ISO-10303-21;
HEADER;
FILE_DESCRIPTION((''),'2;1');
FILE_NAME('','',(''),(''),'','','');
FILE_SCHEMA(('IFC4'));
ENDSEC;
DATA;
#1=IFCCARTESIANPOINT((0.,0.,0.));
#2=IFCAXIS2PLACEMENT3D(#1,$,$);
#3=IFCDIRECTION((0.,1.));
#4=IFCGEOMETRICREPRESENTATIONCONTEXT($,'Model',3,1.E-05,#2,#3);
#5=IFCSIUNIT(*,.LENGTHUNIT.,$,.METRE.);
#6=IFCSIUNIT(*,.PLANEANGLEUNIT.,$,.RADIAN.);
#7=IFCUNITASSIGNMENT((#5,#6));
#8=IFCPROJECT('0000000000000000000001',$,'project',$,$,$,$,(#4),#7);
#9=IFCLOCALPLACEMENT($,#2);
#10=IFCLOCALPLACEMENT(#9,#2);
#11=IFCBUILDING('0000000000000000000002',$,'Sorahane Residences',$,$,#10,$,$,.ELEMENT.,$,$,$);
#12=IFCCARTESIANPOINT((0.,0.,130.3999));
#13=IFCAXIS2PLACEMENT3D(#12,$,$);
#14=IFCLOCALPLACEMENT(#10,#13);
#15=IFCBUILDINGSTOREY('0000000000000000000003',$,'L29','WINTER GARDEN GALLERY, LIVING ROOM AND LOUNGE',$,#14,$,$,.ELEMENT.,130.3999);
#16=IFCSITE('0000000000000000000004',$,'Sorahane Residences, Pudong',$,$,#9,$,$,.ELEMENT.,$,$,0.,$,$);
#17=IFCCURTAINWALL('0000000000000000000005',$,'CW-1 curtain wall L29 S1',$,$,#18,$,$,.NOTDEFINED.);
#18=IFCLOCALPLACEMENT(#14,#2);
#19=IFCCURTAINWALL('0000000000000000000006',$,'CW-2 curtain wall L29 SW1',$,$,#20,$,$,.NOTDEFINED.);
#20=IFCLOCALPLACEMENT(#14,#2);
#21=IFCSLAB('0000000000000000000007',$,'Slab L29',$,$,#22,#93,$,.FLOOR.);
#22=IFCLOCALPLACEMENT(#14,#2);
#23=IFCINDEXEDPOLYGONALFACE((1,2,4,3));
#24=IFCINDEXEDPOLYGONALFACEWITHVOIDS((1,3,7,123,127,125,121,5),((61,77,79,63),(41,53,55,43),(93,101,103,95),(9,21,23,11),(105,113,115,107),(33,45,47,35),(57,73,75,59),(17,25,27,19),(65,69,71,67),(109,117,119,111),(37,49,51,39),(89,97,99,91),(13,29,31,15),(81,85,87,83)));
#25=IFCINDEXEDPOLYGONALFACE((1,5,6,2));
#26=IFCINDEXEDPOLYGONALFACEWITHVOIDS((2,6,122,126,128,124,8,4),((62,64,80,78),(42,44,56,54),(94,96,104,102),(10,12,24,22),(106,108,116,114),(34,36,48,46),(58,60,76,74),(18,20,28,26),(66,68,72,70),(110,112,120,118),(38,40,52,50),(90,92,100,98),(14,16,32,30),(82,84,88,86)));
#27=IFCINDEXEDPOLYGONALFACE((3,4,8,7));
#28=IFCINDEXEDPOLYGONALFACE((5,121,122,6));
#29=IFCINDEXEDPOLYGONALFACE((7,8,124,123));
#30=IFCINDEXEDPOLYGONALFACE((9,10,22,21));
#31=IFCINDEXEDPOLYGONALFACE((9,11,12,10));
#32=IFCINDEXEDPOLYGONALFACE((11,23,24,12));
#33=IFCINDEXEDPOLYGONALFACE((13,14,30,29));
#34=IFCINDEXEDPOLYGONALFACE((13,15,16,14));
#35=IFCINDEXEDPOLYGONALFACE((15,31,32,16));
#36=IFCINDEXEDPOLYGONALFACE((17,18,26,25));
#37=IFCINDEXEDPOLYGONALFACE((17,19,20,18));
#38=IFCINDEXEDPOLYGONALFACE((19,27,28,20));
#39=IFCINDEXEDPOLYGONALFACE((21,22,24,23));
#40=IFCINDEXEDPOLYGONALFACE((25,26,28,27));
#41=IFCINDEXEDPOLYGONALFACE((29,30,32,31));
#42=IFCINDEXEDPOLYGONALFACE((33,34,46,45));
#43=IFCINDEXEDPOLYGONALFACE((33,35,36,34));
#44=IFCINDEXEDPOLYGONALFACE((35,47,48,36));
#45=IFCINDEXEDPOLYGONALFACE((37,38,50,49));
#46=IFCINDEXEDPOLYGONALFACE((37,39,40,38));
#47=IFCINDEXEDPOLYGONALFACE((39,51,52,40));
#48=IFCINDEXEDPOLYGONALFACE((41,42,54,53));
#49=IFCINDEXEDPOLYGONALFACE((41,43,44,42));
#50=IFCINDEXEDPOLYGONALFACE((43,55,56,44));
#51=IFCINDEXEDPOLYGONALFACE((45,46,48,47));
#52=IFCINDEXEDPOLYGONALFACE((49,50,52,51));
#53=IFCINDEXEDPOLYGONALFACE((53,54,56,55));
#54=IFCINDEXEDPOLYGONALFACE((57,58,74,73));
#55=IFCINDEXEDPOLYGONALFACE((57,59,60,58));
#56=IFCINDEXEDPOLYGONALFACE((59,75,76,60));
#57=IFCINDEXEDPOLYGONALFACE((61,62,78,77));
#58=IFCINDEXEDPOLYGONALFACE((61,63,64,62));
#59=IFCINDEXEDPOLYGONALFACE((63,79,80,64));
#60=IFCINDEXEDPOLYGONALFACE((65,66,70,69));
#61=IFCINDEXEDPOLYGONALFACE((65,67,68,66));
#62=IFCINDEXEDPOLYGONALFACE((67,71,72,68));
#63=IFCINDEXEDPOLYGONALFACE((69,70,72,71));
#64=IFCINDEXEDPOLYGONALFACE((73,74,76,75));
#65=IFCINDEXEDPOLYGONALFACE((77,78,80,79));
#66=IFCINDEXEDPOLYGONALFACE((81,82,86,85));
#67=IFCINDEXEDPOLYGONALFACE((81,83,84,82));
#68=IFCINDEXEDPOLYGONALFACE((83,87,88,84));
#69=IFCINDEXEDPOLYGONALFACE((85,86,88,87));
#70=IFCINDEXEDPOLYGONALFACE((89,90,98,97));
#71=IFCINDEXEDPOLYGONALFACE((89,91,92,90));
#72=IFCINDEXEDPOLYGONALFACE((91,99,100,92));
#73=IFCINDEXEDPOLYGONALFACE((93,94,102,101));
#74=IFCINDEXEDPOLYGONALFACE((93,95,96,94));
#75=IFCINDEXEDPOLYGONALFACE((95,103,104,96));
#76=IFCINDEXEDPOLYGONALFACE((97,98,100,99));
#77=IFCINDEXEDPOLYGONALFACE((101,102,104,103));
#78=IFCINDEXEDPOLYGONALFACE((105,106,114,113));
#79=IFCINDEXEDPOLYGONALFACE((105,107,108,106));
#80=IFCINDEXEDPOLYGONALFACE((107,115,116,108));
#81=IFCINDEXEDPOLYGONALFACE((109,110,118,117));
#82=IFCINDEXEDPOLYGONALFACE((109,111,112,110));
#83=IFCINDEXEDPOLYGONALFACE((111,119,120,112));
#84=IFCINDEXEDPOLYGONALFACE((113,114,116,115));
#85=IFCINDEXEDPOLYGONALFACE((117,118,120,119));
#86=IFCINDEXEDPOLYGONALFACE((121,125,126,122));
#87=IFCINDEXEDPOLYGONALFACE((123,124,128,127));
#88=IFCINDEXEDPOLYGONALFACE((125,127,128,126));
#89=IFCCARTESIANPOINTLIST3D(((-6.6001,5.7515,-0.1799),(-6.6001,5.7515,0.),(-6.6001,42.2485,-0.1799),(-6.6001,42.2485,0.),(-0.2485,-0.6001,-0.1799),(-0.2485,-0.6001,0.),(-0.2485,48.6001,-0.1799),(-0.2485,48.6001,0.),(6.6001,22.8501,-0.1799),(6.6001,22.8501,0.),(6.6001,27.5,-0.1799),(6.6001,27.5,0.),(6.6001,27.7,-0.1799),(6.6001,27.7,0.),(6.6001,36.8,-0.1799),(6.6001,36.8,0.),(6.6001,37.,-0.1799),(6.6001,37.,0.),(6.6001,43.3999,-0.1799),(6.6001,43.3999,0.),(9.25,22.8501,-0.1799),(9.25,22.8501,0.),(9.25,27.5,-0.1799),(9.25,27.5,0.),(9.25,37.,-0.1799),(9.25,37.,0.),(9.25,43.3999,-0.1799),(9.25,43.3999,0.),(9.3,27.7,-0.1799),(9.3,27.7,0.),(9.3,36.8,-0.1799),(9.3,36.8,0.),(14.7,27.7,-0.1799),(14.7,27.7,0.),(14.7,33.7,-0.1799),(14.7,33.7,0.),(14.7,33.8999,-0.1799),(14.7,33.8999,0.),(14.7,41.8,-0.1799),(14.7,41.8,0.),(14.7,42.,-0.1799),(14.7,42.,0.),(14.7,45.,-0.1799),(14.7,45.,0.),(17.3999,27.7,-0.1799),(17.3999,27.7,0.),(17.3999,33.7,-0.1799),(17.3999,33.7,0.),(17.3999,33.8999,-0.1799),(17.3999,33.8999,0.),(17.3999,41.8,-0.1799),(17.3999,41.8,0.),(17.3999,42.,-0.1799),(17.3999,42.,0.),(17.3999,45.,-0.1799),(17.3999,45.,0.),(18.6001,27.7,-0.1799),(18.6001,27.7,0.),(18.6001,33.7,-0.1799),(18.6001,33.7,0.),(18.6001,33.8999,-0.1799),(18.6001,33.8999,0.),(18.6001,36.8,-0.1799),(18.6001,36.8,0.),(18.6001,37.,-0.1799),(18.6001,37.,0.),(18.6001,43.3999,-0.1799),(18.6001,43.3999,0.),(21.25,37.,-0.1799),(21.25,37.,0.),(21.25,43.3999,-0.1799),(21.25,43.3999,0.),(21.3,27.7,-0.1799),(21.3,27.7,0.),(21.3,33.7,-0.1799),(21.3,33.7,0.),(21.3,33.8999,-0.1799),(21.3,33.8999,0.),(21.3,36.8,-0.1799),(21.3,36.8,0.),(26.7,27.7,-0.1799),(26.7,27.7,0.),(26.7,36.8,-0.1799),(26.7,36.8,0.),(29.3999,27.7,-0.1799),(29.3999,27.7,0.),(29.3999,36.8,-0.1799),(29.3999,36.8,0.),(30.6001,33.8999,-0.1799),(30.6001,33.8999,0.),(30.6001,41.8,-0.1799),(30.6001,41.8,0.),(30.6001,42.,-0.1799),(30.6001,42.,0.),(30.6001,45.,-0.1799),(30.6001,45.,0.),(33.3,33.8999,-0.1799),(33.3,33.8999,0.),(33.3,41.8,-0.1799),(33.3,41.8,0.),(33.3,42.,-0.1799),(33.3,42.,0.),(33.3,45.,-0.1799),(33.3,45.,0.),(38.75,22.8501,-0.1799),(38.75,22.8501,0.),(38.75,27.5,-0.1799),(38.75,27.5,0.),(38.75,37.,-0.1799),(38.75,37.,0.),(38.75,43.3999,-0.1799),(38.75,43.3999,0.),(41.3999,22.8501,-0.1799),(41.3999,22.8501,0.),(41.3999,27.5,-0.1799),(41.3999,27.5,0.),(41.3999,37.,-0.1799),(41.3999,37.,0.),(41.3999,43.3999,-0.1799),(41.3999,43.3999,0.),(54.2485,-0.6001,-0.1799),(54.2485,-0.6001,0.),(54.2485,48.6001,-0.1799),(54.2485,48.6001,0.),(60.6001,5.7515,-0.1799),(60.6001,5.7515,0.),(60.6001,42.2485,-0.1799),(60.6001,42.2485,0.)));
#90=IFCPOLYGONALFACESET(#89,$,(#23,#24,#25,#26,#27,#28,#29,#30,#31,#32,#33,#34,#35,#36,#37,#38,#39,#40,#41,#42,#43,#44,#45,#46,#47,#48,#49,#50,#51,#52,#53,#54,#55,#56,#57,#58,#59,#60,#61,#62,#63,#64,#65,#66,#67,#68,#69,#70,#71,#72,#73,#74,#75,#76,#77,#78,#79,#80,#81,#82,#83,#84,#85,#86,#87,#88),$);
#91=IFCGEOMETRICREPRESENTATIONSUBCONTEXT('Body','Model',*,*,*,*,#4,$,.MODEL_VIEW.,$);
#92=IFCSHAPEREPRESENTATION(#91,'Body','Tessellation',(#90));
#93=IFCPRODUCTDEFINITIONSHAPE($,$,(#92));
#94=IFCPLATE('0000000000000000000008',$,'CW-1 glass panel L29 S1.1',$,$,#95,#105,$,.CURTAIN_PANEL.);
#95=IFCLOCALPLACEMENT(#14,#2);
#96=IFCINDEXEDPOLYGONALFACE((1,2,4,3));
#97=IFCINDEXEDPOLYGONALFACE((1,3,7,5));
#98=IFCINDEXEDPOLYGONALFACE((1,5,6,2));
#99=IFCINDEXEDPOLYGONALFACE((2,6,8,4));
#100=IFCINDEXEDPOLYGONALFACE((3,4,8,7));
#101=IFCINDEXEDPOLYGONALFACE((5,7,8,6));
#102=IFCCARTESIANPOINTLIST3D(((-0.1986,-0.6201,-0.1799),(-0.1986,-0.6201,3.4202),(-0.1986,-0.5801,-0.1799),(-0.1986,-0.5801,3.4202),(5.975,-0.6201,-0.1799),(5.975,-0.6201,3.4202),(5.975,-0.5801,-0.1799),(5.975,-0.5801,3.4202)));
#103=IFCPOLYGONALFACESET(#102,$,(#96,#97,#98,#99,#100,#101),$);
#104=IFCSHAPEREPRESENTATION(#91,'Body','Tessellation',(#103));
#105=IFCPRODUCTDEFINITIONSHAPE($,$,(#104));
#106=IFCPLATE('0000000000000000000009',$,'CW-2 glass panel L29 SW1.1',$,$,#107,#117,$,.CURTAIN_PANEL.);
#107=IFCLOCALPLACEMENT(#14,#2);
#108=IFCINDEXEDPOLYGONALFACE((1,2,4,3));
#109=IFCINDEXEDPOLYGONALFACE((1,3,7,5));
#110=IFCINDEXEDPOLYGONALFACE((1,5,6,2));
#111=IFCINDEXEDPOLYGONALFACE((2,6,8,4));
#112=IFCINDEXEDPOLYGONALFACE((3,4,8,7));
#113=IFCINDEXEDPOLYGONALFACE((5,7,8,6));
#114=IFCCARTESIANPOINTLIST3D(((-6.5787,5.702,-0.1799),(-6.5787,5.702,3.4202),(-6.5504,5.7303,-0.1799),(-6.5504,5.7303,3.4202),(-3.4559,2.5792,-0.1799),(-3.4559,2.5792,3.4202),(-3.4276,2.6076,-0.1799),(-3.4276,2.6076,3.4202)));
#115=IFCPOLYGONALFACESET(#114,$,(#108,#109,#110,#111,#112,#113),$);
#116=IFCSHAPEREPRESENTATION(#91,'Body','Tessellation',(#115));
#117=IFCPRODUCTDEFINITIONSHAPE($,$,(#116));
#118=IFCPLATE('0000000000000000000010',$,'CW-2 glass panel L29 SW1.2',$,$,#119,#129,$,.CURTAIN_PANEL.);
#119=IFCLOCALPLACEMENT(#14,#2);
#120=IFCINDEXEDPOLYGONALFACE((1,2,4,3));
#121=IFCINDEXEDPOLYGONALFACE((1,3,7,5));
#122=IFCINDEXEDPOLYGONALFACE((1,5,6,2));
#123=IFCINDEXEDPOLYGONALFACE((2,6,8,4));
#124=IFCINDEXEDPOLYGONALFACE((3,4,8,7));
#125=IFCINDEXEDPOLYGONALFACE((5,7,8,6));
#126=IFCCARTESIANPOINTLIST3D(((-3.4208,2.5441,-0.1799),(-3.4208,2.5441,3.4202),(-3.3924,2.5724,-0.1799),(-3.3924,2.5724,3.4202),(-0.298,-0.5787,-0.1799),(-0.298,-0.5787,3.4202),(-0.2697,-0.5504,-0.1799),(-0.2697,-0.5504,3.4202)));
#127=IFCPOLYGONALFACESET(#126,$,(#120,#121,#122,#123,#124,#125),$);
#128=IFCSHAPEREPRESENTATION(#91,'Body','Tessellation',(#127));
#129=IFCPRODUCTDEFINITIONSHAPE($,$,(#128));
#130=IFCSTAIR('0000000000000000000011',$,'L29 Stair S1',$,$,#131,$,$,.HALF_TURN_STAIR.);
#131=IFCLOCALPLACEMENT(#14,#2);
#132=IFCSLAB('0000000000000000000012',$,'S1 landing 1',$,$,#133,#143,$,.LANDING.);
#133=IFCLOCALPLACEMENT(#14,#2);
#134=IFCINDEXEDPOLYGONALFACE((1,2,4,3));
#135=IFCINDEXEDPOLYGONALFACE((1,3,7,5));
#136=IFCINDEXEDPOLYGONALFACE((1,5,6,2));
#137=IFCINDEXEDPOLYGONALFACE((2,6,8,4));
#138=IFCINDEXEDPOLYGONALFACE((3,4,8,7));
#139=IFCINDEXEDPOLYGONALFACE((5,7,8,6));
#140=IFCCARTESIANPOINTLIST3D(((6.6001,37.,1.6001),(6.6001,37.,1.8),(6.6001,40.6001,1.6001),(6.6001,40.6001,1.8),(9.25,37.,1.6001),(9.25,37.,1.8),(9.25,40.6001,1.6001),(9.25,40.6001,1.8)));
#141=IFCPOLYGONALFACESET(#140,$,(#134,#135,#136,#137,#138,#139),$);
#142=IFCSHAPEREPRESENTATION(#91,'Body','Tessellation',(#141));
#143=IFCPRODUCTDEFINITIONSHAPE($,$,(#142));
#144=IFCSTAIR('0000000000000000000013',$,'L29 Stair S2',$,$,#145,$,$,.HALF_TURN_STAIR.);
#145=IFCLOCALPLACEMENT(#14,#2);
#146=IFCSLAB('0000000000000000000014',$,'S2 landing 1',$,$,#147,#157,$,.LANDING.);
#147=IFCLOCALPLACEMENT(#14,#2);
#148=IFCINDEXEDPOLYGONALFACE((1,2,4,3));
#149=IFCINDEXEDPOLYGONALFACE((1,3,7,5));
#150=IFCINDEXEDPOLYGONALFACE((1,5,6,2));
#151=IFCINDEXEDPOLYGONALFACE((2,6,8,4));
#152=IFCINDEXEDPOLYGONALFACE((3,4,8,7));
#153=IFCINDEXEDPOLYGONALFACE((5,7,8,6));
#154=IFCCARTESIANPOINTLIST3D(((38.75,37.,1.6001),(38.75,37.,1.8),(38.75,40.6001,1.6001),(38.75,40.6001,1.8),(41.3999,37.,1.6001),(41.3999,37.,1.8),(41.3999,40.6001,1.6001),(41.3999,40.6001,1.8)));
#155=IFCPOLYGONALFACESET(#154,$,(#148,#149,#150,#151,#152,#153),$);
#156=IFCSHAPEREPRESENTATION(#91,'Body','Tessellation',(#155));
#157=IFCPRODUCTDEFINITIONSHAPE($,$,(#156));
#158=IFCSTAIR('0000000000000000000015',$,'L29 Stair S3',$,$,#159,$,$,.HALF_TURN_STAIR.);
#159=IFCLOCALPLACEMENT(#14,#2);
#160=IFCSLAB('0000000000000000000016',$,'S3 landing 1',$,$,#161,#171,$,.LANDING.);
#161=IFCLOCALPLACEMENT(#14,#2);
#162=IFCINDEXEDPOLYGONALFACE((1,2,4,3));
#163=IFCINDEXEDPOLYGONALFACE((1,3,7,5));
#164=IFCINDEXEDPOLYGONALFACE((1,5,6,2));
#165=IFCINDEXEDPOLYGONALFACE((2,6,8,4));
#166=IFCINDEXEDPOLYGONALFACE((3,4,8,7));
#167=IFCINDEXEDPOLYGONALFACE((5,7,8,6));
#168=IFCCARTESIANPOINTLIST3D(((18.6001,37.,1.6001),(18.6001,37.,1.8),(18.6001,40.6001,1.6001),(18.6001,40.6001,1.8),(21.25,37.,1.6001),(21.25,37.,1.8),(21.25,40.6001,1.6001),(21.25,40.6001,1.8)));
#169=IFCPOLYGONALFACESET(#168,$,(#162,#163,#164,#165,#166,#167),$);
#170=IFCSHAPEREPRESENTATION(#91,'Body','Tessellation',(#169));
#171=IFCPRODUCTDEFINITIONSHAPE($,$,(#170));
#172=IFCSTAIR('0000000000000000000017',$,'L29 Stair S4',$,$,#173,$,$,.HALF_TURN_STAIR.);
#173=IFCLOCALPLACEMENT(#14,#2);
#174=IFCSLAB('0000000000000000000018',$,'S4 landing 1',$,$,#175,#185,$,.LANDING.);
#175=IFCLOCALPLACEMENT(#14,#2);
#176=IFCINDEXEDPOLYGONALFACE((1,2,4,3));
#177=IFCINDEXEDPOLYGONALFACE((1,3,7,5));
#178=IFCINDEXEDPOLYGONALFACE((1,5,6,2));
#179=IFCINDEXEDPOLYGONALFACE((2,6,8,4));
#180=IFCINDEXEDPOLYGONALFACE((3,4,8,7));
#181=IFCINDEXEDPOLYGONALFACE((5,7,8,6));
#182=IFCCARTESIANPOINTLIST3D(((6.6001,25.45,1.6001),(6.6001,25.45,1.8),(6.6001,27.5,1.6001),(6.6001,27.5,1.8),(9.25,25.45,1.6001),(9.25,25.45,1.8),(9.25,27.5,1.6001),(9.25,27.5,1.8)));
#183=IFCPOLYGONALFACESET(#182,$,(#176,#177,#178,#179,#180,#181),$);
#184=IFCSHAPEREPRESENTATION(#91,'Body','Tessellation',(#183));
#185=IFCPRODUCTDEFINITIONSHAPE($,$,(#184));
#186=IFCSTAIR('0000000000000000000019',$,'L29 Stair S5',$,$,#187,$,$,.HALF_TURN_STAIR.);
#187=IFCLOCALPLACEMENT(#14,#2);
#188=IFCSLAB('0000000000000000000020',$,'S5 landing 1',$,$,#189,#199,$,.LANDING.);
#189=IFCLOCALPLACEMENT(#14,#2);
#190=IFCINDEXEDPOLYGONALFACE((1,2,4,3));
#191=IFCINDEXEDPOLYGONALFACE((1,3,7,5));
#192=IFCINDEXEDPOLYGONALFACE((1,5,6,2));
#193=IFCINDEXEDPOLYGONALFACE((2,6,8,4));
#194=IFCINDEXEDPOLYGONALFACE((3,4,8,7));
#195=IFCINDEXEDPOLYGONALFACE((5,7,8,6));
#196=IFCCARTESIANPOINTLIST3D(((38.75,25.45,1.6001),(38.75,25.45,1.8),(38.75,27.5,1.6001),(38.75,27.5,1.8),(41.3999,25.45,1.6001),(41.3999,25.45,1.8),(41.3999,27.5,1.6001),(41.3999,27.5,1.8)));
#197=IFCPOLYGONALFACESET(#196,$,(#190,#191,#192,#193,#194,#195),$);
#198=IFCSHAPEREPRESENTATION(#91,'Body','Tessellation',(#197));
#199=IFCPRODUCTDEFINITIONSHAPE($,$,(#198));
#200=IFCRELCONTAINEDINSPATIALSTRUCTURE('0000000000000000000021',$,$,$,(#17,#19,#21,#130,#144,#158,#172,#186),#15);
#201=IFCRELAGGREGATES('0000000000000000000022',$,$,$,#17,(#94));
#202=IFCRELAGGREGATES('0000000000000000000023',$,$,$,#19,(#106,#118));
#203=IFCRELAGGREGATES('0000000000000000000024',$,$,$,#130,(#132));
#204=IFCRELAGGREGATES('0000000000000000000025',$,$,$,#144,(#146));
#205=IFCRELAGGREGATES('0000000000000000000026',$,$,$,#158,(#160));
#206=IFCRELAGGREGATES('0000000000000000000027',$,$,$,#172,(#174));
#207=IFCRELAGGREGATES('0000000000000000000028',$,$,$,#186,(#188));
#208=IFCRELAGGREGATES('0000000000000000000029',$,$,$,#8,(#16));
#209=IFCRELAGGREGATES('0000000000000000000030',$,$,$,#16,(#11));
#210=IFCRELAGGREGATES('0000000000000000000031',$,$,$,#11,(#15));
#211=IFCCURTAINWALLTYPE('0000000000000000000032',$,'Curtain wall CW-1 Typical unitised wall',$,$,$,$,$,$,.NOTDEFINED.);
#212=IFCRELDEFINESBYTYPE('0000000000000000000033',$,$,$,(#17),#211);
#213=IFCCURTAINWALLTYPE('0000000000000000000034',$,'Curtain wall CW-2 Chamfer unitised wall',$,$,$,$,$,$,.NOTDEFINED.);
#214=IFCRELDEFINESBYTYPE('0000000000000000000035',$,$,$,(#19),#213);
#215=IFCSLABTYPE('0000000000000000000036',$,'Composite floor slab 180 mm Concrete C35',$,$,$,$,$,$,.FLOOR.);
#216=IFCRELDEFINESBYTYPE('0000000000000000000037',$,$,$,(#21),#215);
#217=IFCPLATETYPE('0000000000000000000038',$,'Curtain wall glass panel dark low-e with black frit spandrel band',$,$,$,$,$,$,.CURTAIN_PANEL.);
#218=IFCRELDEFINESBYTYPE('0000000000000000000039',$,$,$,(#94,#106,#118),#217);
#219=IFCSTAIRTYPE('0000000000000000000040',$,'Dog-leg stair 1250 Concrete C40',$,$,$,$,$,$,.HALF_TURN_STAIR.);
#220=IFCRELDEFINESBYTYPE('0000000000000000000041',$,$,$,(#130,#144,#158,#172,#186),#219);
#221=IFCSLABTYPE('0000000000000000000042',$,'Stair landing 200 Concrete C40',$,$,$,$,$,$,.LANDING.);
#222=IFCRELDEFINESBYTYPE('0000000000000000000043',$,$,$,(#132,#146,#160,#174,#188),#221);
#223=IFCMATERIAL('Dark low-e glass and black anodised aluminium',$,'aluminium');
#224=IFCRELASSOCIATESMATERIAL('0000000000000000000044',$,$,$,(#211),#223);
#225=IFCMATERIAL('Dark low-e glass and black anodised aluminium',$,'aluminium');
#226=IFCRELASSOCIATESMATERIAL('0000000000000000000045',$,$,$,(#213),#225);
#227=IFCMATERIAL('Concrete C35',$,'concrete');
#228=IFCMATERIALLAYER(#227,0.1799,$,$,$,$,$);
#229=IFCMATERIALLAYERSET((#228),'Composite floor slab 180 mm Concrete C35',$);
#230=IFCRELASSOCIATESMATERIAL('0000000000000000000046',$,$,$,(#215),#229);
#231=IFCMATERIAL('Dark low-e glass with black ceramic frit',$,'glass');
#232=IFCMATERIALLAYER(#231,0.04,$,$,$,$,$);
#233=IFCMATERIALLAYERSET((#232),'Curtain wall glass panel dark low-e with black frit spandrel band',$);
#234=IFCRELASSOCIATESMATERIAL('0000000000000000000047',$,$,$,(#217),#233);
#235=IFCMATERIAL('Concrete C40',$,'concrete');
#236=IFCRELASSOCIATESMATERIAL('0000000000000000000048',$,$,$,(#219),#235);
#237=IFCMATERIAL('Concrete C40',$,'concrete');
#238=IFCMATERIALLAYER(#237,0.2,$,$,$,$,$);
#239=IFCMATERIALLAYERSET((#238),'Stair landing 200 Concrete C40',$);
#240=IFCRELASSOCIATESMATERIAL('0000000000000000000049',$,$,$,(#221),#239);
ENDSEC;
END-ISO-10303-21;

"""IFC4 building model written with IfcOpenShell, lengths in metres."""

from ifc_helpers import new_model, si_unit, direction, frame, origin, origin_2d, place, context, subcontext, project, spatial, polyline, rectangle, outline, extrude, material, layer, layer_set, type_object, element, aggregate, save


model = new_model("IFC4")

# Units and contexts
model_context = context("Model", 3, precision=1e-05, world=origin(), true_north=direction((0.0, 1.0)))
body_context = subcontext(model_context, "Body", "Model", "MODEL_VIEW")
ifc_project = project(units=[si_unit("LENGTHUNIT", "METRE"), si_unit("PLANEANGLEUNIT", "RADIAN")], contexts=[model_context])

# Site, building, storey
site_placement = place(None, origin())
site = spatial("IfcSite", under=ifc_project, at=site_placement, Name="Sorahane Residences, Pudong", CompositionType="ELEMENT", RefElevation=0.0)
building_placement = place(site_placement, origin())
building = spatial("IfcBuilding", under=site, at=building_placement, Name="Sorahane Residences", CompositionType="ELEMENT")
storey_placement = place(building_placement, frame((0.0, 0.0, 130.3999)))
storey = spatial("IfcBuildingStorey", under=building, at=storey_placement, Name="L29", Description="WINTER GARDEN GALLERY, LIVING ROOM AND LOUNGE", CompositionType="ELEMENT", Elevation=130.3999)

# Curtain wall
ifc_material_1 = material(Name="Dark low-e glass and black anodised aluminium", Category="aluminium")
curtain_wall_type_1 = type_object("IfcCurtainWallType", Name="Curtain wall CW-1 Typical unitised wall", PredefinedType="NOTDEFINED", material=ifc_material_1)
curtain_wall_1_placement = place(storey_placement, origin())
curtain_wall_1 = element("IfcCurtainWall", 1, at=curtain_wall_1_placement, inside=storey, type_object=curtain_wall_type_1, Name="CW-1 curtain wall L29 S1", PredefinedType="NOTDEFINED")

# Curtain wall
ifc_material_2 = material(Name="Dark low-e glass and black anodised aluminium", Category="aluminium")
curtain_wall_type_2 = type_object("IfcCurtainWallType", Name="Curtain wall CW-2 Chamfer unitised wall", PredefinedType="NOTDEFINED", material=ifc_material_2)
curtain_wall_2_placement = place(storey_placement, origin())
curtain_wall_2 = element("IfcCurtainWall", 2, at=curtain_wall_2_placement, inside=storey, type_object=curtain_wall_type_2, Name="CW-2 curtain wall L29 SW1", PredefinedType="NOTDEFINED")

# Slab
ifc_material_3 = material(Name="Concrete C35", Category="concrete")
ifc_layer_1 = layer(ifc_material_3, 0.1799)
ifc_layer_set_1 = layer_set([ifc_layer_1], Name="Composite floor slab 180 mm Concrete C35")
slab_type_1 = type_object("IfcSlabType", Name="Composite floor slab 180 mm Concrete C35", PredefinedType="FLOOR", material=ifc_layer_set_1)
slab_1_placement = place(storey_placement, frame((0.0, 0.0, -0.1799)))
element("IfcSlab", 3, at=slab_1_placement, inside=storey, type_object=slab_type_1, Name="Slab L29", PredefinedType="FLOOR", context=body_context, shape_type="SweptSolid", body=[
    extrude(outline(polyline([(-0.2485, -0.6001), (-6.6001, 5.7515), (-6.6001, 42.2485), (-0.2485, 48.6001), (54.2485, 48.6001), (60.6001, 42.2485), (60.6001, 5.7515), (54.2485, -0.6001), (-0.2485, -0.6001)]), holes=[polyline([(18.6001, 27.7), (21.3, 27.7), (21.3, 33.7), (18.6001, 33.7), (18.6001, 27.7)]), polyline([(30.6001, 42.0), (33.3, 42.0), (33.3, 45.0), (30.6001, 45.0), (30.6001, 42.0)]), polyline([(14.7, 27.7), (17.3999, 27.7), (17.3999, 33.7), (14.7, 33.7), (14.7, 27.7)]), polyline([(14.7, 42.0), (17.3999, 42.0), (17.3999, 45.0), (14.7, 45.0), (14.7, 42.0)]), polyline([(6.6001, 27.7), (9.3, 27.7), (9.3, 36.8), (6.6001, 36.8), (6.6001, 27.7)]), polyline([(6.6001, 43.3999), (6.6001, 37.0), (9.25, 37.0), (9.25, 43.3999), (6.6001, 43.3999)]), polyline([(38.75, 43.3999), (38.75, 37.0), (41.3999, 37.0), (41.3999, 43.3999), (38.75, 43.3999)]), polyline([(18.6001, 43.3999), (18.6001, 37.0), (21.25, 37.0), (21.25, 43.3999), (18.6001, 43.3999)]), polyline([(9.25, 22.8501), (9.25, 27.5), (6.6001, 27.5), (6.6001, 22.8501), (9.25, 22.8501)]), polyline([(41.3999, 22.8501), (41.3999, 27.5), (38.75, 27.5), (38.75, 22.8501), (41.3999, 22.8501)]), polyline([(14.7, 33.8999), (17.3999, 33.8999), (17.3999, 41.8), (14.7, 41.8), (14.7, 33.8999)]), polyline([(30.6001, 33.8999), (33.3, 33.8999), (33.3, 41.8), (30.6001, 41.8), (30.6001, 33.8999)]), polyline([(18.6001, 33.8999), (21.3, 33.8999), (21.3, 36.8), (18.6001, 36.8), (18.6001, 33.8999)]), polyline([(26.7, 27.7), (29.3999, 27.7), (29.3999, 36.8), (26.7, 36.8), (26.7, 27.7)])]), origin(), (0.0, 0.0, 1.0), 0.1799),
])

# Plates
ifc_material_4 = material(Name="Dark low-e glass with black ceramic frit", Category="glass")
ifc_layer_2 = layer(ifc_material_4, 0.04)
ifc_layer_set_2 = layer_set([ifc_layer_2], Name="Curtain wall glass panel dark low-e with black frit spandrel band")
plate_type = type_object("IfcPlateType", Name="Curtain wall glass panel dark low-e with black frit spandrel band", PredefinedType="CURTAIN_PANEL", material=ifc_layer_set_2)
plate_1_placement = place(storey_placement, frame((2.8882, -0.6001, -0.1799), z_axis=(0.0, 0.0, 1.0), x_axis=(1.0, 0.0, 0.0)))
plate_1 = element("IfcPlate", 4, at=plate_1_placement, type_object=plate_type, Name="CW-1 glass panel L29 S1.1", PredefinedType="CURTAIN_PANEL", context=body_context, shape_type="SweptSolid", body=[
    extrude(rectangle(XDim=6.1736, YDim=0.04, at=origin_2d()), origin(), (0.0, 0.0, 1.0), 3.6001),
])
aggregate(curtain_wall_1, [plate_1])
plate_2_placement = place(storey_placement, frame((-5.0032, 4.1548, -0.1799), z_axis=(0.0, 0.0, 1.0), x_axis=(0.707107, -0.707107, 0.0)))
plate_2 = element("IfcPlate", 5, at=plate_2_placement, type_object=plate_type, Name="CW-2 glass panel L29 SW1.1", PredefinedType="CURTAIN_PANEL", context=body_context, shape_type="SweptSolid", body=[
    extrude(rectangle(XDim=4.4163, YDim=0.04, at=origin_2d()), origin(), (0.0, 0.0, 1.0), 3.6001),
])
plate_3_placement = place(storey_placement, frame((-1.8452, 0.9968, -0.1799), z_axis=(0.0, 0.0, 1.0), x_axis=(0.707107, -0.707107, 0.0)))
plate_3 = element("IfcPlate", 6, at=plate_3_placement, type_object=plate_type, Name="CW-2 glass panel L29 SW1.2", PredefinedType="CURTAIN_PANEL", context=body_context, shape_type="SweptSolid", body=[
    extrude(rectangle(XDim=4.4163, YDim=0.04, at=origin_2d()), origin(), (0.0, 0.0, 1.0), 3.6001),
])
aggregate(curtain_wall_2, [plate_2, plate_3])

# Stairs, slabs
ifc_material_5 = material(Name="Concrete C40", Category="concrete")
stair_type = type_object("IfcStairType", Name="Dog-leg stair 1250 Concrete C40", PredefinedType="HALF_TURN_STAIR", material=ifc_material_5)
stair_1_placement = place(storey_placement, origin())
stair_1 = element("IfcStair", 7, at=stair_1_placement, inside=storey, type_object=stair_type, Name="L29 Stair S1", PredefinedType="HALF_TURN_STAIR")
ifc_material_6 = material(Name="Concrete C40", Category="concrete")
ifc_layer_3 = layer(ifc_material_6, 0.2)
ifc_layer_set_3 = layer_set([ifc_layer_3], Name="Stair landing 200 Concrete C40")
slab_type_2 = type_object("IfcSlabType", Name="Stair landing 200 Concrete C40", PredefinedType="LANDING", material=ifc_layer_set_3)
slab_2_placement = place(storey_placement, frame((0.0, 0.0, 1.6001)))
slab_2 = element("IfcSlab", 8, at=slab_2_placement, type_object=slab_type_2, Name="S1 landing 1", PredefinedType="LANDING", context=body_context, shape_type="SweptSolid", body=[
    extrude(outline(polyline([(6.6001, 40.6001), (6.6001, 37.0), (9.25, 37.0), (9.25, 40.6001), (6.6001, 40.6001)])), origin(), (0.0, 0.0, 1.0), 0.2),
])
aggregate(stair_1, [slab_2])
stair_2_placement = place(storey_placement, origin())
stair_2 = element("IfcStair", 9, at=stair_2_placement, inside=storey, type_object=stair_type, Name="L29 Stair S2", PredefinedType="HALF_TURN_STAIR")
slab_3_placement = place(storey_placement, frame((0.0, 0.0, 1.6001)))
slab_3 = element("IfcSlab", 10, at=slab_3_placement, type_object=slab_type_2, Name="S2 landing 1", PredefinedType="LANDING", context=body_context, shape_type="SweptSolid", body=[
    extrude(outline(polyline([(38.75, 40.6001), (38.75, 37.0), (41.3999, 37.0), (41.3999, 40.6001), (38.75, 40.6001)])), origin(), (0.0, 0.0, 1.0), 0.2),
])
aggregate(stair_2, [slab_3])
stair_3_placement = place(storey_placement, origin())
stair_3 = element("IfcStair", 11, at=stair_3_placement, inside=storey, type_object=stair_type, Name="L29 Stair S3", PredefinedType="HALF_TURN_STAIR")
slab_4_placement = place(storey_placement, frame((0.0, 0.0, 1.6001)))
slab_4 = element("IfcSlab", 12, at=slab_4_placement, type_object=slab_type_2, Name="S3 landing 1", PredefinedType="LANDING", context=body_context, shape_type="SweptSolid", body=[
    extrude(outline(polyline([(18.6001, 40.6001), (18.6001, 37.0), (21.25, 37.0), (21.25, 40.6001), (18.6001, 40.6001)])), origin(), (0.0, 0.0, 1.0), 0.2),
])
aggregate(stair_3, [slab_4])
stair_4_placement = place(storey_placement, origin())
stair_4 = element("IfcStair", 13, at=stair_4_placement, inside=storey, type_object=stair_type, Name="L29 Stair S4", PredefinedType="HALF_TURN_STAIR")
slab_5_placement = place(storey_placement, frame((0.0, 0.0, 1.6001)))
slab_5 = element("IfcSlab", 14, at=slab_5_placement, type_object=slab_type_2, Name="S4 landing 1", PredefinedType="LANDING", context=body_context, shape_type="SweptSolid", body=[
    extrude(outline(polyline([(9.25, 25.45), (9.25, 27.5), (6.6001, 27.5), (6.6001, 25.45), (9.25, 25.45)])), origin(), (0.0, 0.0, 1.0), 0.2),
])
aggregate(stair_4, [slab_5])
stair_5_placement = place(storey_placement, origin())
stair_5 = element("IfcStair", 15, at=stair_5_placement, inside=storey, type_object=stair_type, Name="L29 Stair S5", PredefinedType="HALF_TURN_STAIR")
slab_6_placement = place(storey_placement, frame((0.0, 0.0, 1.6001)))
slab_6 = element("IfcSlab", 16, at=slab_6_placement, type_object=slab_type_2, Name="S5 landing 1", PredefinedType="LANDING", context=body_context, shape_type="SweptSolid", body=[
    extrude(outline(polyline([(41.3999, 25.45), (41.3999, 27.5), (38.75, 27.5), (38.75, 25.45), (41.3999, 25.45)])), origin(), (0.0, 0.0, 1.0), 0.2),
])
aggregate(stair_5, [slab_6])

save(model, "model.ifc")
